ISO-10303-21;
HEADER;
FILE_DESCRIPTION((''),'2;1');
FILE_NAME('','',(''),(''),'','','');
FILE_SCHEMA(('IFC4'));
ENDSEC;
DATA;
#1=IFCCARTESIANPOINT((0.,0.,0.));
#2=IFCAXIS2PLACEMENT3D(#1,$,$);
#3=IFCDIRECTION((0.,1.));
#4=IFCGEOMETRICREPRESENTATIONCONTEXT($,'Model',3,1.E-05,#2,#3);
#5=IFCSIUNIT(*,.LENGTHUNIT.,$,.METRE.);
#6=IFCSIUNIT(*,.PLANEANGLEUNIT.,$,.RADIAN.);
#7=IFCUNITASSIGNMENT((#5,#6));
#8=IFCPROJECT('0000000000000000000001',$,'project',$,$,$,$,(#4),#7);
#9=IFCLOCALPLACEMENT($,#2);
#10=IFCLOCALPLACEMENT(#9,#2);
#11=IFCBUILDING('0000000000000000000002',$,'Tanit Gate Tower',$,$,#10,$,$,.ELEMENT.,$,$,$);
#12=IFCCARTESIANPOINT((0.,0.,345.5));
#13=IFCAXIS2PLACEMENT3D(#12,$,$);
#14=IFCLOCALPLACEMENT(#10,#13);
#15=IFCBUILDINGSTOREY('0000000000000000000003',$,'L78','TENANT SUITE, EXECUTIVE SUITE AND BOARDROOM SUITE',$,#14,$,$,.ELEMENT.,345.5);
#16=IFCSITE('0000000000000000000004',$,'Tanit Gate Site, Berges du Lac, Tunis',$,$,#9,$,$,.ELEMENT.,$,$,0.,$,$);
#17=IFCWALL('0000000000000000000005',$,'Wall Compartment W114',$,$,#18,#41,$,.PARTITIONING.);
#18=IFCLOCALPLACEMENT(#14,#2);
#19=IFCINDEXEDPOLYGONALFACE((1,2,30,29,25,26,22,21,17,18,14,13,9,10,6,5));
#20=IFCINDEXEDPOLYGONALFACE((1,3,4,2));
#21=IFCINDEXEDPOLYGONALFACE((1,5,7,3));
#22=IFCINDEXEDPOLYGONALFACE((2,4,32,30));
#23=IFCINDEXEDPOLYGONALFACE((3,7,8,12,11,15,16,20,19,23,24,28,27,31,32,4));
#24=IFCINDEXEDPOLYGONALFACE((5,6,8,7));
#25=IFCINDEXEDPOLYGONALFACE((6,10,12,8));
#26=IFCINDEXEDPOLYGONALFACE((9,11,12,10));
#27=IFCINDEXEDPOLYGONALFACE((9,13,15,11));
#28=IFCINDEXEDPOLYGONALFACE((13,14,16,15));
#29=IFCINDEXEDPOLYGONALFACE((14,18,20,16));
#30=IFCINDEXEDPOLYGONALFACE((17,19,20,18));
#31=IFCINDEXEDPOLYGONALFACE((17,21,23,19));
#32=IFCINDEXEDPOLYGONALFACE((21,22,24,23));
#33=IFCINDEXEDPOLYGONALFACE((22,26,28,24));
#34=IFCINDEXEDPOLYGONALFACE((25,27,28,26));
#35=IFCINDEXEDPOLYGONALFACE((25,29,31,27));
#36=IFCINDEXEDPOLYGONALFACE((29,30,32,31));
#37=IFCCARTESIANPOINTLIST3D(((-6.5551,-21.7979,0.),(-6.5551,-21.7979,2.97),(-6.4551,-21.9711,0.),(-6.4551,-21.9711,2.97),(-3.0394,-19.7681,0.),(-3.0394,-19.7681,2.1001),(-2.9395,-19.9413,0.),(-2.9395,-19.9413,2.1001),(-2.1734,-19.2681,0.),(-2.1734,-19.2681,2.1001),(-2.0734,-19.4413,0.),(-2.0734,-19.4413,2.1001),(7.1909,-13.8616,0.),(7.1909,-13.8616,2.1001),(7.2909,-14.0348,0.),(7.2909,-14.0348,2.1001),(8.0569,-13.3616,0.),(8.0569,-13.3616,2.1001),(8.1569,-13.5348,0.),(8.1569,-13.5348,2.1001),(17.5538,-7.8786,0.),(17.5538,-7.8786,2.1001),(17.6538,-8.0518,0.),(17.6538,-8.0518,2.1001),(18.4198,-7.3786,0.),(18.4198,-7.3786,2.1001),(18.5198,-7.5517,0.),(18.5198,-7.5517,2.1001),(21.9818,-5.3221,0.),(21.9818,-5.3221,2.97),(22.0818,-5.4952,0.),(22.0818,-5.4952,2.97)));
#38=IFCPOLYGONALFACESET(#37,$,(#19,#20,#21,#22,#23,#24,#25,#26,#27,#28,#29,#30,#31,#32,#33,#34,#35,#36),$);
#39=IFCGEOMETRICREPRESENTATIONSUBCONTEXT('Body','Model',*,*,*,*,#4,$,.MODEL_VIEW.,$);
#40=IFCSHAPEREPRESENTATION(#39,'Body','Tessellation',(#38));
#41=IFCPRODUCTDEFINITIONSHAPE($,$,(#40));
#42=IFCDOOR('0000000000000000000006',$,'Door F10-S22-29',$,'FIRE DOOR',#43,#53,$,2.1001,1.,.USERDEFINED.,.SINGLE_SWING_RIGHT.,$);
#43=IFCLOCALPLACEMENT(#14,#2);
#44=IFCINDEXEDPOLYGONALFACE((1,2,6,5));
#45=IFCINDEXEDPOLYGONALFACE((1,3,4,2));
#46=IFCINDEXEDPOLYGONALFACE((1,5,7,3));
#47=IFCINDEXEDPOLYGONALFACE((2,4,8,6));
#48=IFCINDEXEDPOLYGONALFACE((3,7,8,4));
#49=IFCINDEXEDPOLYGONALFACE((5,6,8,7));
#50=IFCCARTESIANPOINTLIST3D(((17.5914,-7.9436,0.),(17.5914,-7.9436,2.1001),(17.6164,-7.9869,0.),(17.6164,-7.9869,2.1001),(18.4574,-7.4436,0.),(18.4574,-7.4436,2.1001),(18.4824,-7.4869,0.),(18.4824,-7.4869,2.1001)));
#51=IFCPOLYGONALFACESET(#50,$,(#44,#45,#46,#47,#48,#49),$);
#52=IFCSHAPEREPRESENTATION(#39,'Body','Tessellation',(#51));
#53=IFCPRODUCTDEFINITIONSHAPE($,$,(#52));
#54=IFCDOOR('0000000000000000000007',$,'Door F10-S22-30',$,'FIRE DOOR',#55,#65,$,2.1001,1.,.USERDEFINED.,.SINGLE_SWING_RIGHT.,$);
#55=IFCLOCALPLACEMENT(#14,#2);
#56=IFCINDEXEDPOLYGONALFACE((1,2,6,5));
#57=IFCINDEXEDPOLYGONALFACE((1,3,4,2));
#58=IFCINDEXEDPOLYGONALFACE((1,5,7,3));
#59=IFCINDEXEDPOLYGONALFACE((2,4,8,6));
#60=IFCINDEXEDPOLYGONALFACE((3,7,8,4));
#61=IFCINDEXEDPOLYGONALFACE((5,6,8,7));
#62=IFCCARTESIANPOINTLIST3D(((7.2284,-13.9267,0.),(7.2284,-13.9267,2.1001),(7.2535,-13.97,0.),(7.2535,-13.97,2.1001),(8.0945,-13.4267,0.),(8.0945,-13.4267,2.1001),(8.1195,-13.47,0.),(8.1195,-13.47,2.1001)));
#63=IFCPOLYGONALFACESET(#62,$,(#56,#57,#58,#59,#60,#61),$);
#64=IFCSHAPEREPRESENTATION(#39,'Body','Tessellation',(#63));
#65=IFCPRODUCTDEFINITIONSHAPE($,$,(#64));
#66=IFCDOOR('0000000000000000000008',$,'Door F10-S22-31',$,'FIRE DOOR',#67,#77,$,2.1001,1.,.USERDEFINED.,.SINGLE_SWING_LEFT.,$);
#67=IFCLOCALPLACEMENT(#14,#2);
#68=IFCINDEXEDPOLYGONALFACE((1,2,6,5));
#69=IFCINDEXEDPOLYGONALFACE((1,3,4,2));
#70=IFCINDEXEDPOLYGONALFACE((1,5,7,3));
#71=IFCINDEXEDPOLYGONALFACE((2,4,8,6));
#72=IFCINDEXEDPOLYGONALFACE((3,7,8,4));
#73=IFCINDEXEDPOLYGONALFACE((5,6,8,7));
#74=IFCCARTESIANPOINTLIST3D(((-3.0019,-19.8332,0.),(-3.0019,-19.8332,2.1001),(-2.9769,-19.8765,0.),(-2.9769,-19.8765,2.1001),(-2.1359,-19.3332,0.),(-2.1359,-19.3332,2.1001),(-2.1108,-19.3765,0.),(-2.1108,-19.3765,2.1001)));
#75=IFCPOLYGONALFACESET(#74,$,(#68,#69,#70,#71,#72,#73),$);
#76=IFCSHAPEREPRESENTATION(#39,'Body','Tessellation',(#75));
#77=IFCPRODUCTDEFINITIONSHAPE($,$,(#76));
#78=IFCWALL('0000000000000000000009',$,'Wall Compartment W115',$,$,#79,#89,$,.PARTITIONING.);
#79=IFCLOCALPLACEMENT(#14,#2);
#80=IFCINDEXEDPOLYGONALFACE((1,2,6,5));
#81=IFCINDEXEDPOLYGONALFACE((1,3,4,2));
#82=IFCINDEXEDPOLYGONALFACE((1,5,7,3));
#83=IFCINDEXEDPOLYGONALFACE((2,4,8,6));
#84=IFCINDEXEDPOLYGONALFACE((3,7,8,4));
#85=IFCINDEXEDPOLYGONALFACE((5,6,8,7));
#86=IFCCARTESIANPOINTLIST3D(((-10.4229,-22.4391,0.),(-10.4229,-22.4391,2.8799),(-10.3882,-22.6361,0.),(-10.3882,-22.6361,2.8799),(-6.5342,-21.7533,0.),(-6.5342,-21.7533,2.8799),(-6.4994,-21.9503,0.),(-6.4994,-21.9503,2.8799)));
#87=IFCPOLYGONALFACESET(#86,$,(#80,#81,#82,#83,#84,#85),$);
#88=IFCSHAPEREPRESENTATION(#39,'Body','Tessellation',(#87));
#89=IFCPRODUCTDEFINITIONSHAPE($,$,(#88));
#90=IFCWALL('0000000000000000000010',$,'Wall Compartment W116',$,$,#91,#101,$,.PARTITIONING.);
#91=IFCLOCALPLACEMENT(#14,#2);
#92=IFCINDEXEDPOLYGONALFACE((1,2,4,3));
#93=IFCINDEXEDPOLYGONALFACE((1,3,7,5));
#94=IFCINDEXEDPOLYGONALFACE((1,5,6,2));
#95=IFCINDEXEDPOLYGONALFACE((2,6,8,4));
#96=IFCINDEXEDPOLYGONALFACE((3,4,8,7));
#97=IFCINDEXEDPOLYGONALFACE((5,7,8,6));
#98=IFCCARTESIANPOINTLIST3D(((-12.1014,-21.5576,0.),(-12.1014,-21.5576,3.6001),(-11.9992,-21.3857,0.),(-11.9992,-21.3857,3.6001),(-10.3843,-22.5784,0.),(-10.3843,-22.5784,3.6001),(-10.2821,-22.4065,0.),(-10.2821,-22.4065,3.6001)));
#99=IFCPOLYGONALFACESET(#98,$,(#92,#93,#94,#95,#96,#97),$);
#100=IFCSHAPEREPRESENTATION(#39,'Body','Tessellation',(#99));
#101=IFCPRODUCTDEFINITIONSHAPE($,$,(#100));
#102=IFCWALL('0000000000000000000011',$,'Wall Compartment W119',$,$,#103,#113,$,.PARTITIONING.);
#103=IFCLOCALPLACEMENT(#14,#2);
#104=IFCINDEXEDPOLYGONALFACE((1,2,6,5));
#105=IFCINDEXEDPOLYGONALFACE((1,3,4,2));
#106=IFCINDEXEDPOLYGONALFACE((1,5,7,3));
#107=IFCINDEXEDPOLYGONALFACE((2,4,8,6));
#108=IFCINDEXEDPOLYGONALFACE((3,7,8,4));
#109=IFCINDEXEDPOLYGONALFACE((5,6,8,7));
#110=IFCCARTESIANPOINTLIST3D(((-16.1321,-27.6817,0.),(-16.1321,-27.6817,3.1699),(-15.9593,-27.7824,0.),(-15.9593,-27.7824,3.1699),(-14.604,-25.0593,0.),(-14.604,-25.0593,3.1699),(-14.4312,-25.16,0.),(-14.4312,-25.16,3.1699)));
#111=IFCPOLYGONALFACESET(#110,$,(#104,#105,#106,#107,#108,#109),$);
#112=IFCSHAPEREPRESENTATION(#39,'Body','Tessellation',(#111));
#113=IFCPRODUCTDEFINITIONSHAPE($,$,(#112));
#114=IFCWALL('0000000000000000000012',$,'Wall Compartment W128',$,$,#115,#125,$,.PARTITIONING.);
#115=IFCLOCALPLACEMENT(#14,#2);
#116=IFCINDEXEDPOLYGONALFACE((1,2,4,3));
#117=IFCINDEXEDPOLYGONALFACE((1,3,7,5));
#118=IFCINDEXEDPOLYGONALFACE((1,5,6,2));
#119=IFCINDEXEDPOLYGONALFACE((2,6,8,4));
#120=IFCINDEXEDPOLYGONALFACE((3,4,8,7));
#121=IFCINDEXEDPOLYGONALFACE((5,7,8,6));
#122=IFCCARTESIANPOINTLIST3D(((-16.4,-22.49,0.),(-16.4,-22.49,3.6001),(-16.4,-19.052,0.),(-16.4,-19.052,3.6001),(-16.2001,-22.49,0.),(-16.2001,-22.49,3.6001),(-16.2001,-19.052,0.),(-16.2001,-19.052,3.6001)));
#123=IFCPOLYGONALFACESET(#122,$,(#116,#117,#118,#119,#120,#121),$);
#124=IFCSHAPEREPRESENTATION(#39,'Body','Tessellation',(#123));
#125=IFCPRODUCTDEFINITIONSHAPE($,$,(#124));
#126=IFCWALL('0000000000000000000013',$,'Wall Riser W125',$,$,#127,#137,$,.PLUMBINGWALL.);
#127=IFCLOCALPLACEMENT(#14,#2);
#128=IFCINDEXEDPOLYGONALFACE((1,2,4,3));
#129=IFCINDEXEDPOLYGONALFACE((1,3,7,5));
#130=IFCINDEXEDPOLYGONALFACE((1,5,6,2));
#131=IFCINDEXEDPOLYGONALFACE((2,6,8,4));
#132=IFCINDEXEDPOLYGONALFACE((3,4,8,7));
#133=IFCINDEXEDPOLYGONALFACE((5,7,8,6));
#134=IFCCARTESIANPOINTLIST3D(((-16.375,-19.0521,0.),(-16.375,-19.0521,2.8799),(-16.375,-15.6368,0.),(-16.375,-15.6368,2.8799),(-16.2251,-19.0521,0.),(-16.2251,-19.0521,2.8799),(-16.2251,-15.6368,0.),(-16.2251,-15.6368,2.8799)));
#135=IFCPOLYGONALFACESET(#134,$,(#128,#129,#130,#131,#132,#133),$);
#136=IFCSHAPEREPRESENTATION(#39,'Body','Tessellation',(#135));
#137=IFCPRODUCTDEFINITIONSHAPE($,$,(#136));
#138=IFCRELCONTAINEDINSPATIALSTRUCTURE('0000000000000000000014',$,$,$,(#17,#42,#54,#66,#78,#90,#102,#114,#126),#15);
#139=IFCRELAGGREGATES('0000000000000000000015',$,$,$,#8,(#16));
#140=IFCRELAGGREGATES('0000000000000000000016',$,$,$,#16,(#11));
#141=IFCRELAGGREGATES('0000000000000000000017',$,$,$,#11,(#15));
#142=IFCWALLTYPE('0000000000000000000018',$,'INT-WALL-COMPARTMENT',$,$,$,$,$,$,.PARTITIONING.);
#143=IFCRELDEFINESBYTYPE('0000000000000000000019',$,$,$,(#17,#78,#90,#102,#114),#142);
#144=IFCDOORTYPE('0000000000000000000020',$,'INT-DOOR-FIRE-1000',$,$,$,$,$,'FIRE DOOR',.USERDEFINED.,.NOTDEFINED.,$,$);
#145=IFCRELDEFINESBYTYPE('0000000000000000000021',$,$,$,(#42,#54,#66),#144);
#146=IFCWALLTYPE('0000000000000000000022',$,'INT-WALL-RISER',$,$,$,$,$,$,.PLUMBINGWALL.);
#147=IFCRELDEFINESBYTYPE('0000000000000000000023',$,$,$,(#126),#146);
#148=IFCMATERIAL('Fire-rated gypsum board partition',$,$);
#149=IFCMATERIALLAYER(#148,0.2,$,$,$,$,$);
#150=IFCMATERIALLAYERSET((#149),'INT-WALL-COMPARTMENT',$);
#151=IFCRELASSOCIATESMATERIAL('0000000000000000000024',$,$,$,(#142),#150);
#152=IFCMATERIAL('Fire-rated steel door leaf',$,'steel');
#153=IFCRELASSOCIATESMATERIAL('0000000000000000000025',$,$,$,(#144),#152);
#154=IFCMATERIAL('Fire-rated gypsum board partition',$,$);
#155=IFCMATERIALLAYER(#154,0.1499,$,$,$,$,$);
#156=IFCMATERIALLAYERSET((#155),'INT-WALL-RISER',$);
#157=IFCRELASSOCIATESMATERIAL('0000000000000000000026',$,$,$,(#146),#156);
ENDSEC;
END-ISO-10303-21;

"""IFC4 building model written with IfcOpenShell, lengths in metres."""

from ifc_helpers import new_model, si_unit, direction, frame, frame_2d, origin, place, context, subcontext, project, spatial, rectangle, extrude, material, layer, layer_set, type_object, element, fill, save


model = new_model("IFC4")

# Units and contexts
model_context = context("Model", 3, precision=1e-05, world=origin(), true_north=direction((0.0, 1.0)))
body_context = subcontext(model_context, "Body", "Model", "MODEL_VIEW")
ifc_project = project(units=[si_unit("LENGTHUNIT", "METRE"), si_unit("PLANEANGLEUNIT", "RADIAN")], contexts=[model_context])

# Site, building, storey
site_placement = place(None, origin())
site = spatial("IfcSite", under=ifc_project, at=site_placement, Name="Tanit Gate Site, Berges du Lac, Tunis", CompositionType="ELEMENT", RefElevation=0.0)
building_placement = place(site_placement, origin())
building = spatial("IfcBuilding", under=site, at=building_placement, Name="Tanit Gate Tower", CompositionType="ELEMENT")
storey_placement = place(building_placement, frame((0.0, 0.0, 345.5)))
storey = spatial("IfcBuildingStorey", under=building, at=storey_placement, Name="L78", Description="TENANT SUITE, EXECUTIVE SUITE AND BOARDROOM SUITE", CompositionType="ELEMENT", Elevation=345.5)

# Shared definitions
ifc_material_1 = material(Name="Fire-rated gypsum board partition")
ifc_layer_1 = layer(ifc_material_1, 0.2)
ifc_layer_set_1 = layer_set([ifc_layer_1], Name="INT-WALL-COMPARTMENT")
wall_type_1 = type_object("IfcWallType", Name="INT-WALL-COMPARTMENT", PredefinedType="PARTITIONING", material=ifc_layer_set_1)

# Wall, openings, doors
wall_1_placement = place(storey_placement, frame((-6.5051, -21.8845, 0.0), z_axis=(0.0, 0.0, 1.0), x_axis=(0.866025, 0.500001, 0.0)))
wall_1 = element("IfcWall", 1, at=wall_1_placement, inside=storey, type_object=wall_type_1, Name="Wall Compartment W114", PredefinedType="PARTITIONING", context=body_context, shape_type="SweptSolid", body=[
    extrude(rectangle(XDim=32.9517, YDim=0.2, at=frame_2d((16.4758, 0.0))), origin(), (0.0, 0.0, 1.0), 2.97),
])
opening_1_placement = place(wall_1_placement, frame((27.8386, 0.0, 0.0)))
opening_1 = element("IfcOpeningElement", 2, at=opening_1_placement, cuts=wall_1, PredefinedType="OPENING", context=body_context, shape_type="SweptSolid", body=[
    extrude(rectangle(XDim=1.0, YDim=2.1001, at=frame_2d((0.5, 1.05))), frame((0.0, 0.1099, 0.0), z_axis=(0.0, -1.0, 0.0), x_axis=(1.0, 0.0, 0.0)), (0.0, 0.0, 1.0), 0.22),
])
opening_2_placement = place(wall_1_placement, frame((15.8726, 0.0, 0.0)))
opening_2 = element("IfcOpeningElement", 3, at=opening_2_placement, cuts=wall_1, PredefinedType="OPENING", context=body_context, shape_type="SweptSolid", body=[
    extrude(rectangle(XDim=1.0, YDim=2.1001, at=frame_2d((0.5, 1.05))), frame((0.0, 0.1099, 0.0), z_axis=(0.0, -1.0, 0.0), x_axis=(1.0, 0.0, 0.0)), (0.0, 0.0, 1.0), 0.22),
])
opening_3_placement = place(wall_1_placement, frame((4.0596, 0.0, 0.0)))
opening_3 = element("IfcOpeningElement", 4, at=opening_3_placement, cuts=wall_1, PredefinedType="OPENING", context=body_context, shape_type="SweptSolid", body=[
    extrude(rectangle(XDim=1.0, YDim=2.1001, at=frame_2d((0.5, 1.05))), frame((0.0, 0.1099, 0.0), z_axis=(0.0, -1.0, 0.0), x_axis=(1.0, 0.0, 0.0)), (0.0, 0.0, 1.0), 0.22),
])
ifc_material_2 = material(Name="Fire-rated steel door leaf", Category="steel")
door_type_1 = type_object("IfcDoorType", Name="INT-DOOR-FIRE-1000", ElementType="FIRE DOOR", OperationType="NOTDEFINED", PredefinedType="USERDEFINED", material=ifc_material_2)
door_1_placement = place(opening_1_placement, origin())
door_1 = element("IfcDoor", 5, at=door_1_placement, inside=storey, type_object=door_type_1, Name="Door F10-S22-29", ObjectType="FIRE DOOR", OperationType="SINGLE_SWING_RIGHT", OverallHeight=2.1001, OverallWidth=1.0, PredefinedType="USERDEFINED", context=body_context, shape_type="SweptSolid", body=[
    extrude(rectangle(XDim=1.0, YDim=2.1001, at=frame_2d((0.5, 1.05))), frame((0.0, 0.0249, 0.0), z_axis=(0.0, -1.0, 0.0), x_axis=(1.0, 0.0, 0.0)), (0.0, 0.0, 1.0), 0.05),
])
fill(opening_1, door_1)
door_2_placement = place(opening_2_placement, origin())
door_2 = element("IfcDoor", 6, at=door_2_placement, inside=storey, type_object=door_type_1, Name="Door F10-S22-30", ObjectType="FIRE DOOR", OperationType="SINGLE_SWING_RIGHT", OverallHeight=2.1001, OverallWidth=1.0, PredefinedType="USERDEFINED", context=body_context, shape_type="SweptSolid", body=[
    extrude(rectangle(XDim=1.0, YDim=2.1001, at=frame_2d((0.5, 1.05))), frame((0.0, 0.0249, 0.0), z_axis=(0.0, -1.0, 0.0), x_axis=(1.0, 0.0, 0.0)), (0.0, 0.0, 1.0), 0.05),
])
fill(opening_2, door_2)
door_3_placement = place(opening_3_placement, origin())
door_3 = element("IfcDoor", 7, at=door_3_placement, inside=storey, type_object=door_type_1, Name="Door F10-S22-31", ObjectType="FIRE DOOR", OperationType="SINGLE_SWING_LEFT", OverallHeight=2.1001, OverallWidth=1.0, PredefinedType="USERDEFINED", context=body_context, shape_type="SweptSolid", body=[
    extrude(rectangle(XDim=1.0, YDim=2.1001, at=frame_2d((0.5, 1.05))), frame((0.0, 0.0249, 0.0), z_axis=(0.0, -1.0, 0.0), x_axis=(1.0, 0.0, 0.0)), (0.0, 0.0, 1.0), 0.05),
])
fill(opening_3, door_3)

# Walls
wall_2_placement = place(storey_placement, frame((-10.4055, -22.5376, 0.0), z_axis=(0.0, 0.0, 1.0), x_axis=(0.984803, 0.173676, 0.0)))
element("IfcWall", 8, at=wall_2_placement, inside=storey, type_object=wall_type_1, Name="Wall Compartment W115", PredefinedType="PARTITIONING", context=body_context, shape_type="SweptSolid", body=[
    extrude(rectangle(XDim=3.9487, YDim=0.2, at=frame_2d((1.9744, 0.0))), origin(), (0.0, 0.0, 1.0), 2.8799),
])
wall_3_placement = place(storey_placement, frame((-12.0503, -21.4717, 0.0), z_axis=(0.0, 0.0, 1.0), x_axis=(0.859578, -0.511005, 0.0)))
element("IfcWall", 9, at=wall_3_placement, inside=storey, type_object=wall_type_1, Name="Wall Compartment W116", PredefinedType="PARTITIONING", context=body_context, shape_type="SweptSolid", body=[
    extrude(rectangle(XDim=1.9976, YDim=0.2, at=frame_2d((0.9988, 0.0))), origin(), (0.0, 0.0, 1.0), 3.6001),
])
wall_4_placement = place(storey_placement, frame((-14.5176, -25.1096, 0.0), z_axis=(0.0, 0.0, 1.0), x_axis=(-0.503476, -0.864009, 0.0)))
element("IfcWall", 10, at=wall_4_placement, inside=storey, type_object=wall_type_1, Name="Wall Compartment W119", PredefinedType="PARTITIONING", context=body_context, shape_type="SweptSolid", body=[
    extrude(rectangle(XDim=3.0352, YDim=0.2, at=frame_2d((1.5176, 0.0))), origin(), (0.0, 0.0, 1.0), 3.1699),
])
wall_5_placement = place(storey_placement, frame((-16.3, -22.49, 0.0), z_axis=(0.0, 0.0, 1.0), x_axis=(0.0, 1.0, 0.0)))
element("IfcWall", 11, at=wall_5_placement, inside=storey, type_object=wall_type_1, Name="Wall Compartment W128", PredefinedType="PARTITIONING", context=body_context, shape_type="SweptSolid", body=[
    extrude(rectangle(XDim=3.438, YDim=0.2, at=frame_2d((1.719, 0.0))), origin(), (0.0, 0.0, 1.0), 3.6001),
])
ifc_material_3 = material(Name="Fire-rated gypsum board partition")
ifc_layer_2 = layer(ifc_material_3, 0.1499)
ifc_layer_set_2 = layer_set([ifc_layer_2], Name="INT-WALL-RISER")
wall_type_2 = type_object("IfcWallType", Name="INT-WALL-RISER", PredefinedType="PLUMBINGWALL", material=ifc_layer_set_2)
wall_6_placement = place(storey_placement, frame((-16.3, -19.052, 0.0), z_axis=(0.0, 0.0, 1.0), x_axis=(0.0, 1.0, 0.0)))
element("IfcWall", 12, at=wall_6_placement, inside=storey, type_object=wall_type_2, Name="Wall Riser W125", PredefinedType="PLUMBINGWALL", context=body_context, shape_type="SweptSolid", body=[
    extrude(rectangle(XDim=3.4153, YDim=0.1499, at=frame_2d((1.7075, 0.0))), origin(), (0.0, 0.0, 1.0), 2.8799),
])

save(model, "model.ifc")
